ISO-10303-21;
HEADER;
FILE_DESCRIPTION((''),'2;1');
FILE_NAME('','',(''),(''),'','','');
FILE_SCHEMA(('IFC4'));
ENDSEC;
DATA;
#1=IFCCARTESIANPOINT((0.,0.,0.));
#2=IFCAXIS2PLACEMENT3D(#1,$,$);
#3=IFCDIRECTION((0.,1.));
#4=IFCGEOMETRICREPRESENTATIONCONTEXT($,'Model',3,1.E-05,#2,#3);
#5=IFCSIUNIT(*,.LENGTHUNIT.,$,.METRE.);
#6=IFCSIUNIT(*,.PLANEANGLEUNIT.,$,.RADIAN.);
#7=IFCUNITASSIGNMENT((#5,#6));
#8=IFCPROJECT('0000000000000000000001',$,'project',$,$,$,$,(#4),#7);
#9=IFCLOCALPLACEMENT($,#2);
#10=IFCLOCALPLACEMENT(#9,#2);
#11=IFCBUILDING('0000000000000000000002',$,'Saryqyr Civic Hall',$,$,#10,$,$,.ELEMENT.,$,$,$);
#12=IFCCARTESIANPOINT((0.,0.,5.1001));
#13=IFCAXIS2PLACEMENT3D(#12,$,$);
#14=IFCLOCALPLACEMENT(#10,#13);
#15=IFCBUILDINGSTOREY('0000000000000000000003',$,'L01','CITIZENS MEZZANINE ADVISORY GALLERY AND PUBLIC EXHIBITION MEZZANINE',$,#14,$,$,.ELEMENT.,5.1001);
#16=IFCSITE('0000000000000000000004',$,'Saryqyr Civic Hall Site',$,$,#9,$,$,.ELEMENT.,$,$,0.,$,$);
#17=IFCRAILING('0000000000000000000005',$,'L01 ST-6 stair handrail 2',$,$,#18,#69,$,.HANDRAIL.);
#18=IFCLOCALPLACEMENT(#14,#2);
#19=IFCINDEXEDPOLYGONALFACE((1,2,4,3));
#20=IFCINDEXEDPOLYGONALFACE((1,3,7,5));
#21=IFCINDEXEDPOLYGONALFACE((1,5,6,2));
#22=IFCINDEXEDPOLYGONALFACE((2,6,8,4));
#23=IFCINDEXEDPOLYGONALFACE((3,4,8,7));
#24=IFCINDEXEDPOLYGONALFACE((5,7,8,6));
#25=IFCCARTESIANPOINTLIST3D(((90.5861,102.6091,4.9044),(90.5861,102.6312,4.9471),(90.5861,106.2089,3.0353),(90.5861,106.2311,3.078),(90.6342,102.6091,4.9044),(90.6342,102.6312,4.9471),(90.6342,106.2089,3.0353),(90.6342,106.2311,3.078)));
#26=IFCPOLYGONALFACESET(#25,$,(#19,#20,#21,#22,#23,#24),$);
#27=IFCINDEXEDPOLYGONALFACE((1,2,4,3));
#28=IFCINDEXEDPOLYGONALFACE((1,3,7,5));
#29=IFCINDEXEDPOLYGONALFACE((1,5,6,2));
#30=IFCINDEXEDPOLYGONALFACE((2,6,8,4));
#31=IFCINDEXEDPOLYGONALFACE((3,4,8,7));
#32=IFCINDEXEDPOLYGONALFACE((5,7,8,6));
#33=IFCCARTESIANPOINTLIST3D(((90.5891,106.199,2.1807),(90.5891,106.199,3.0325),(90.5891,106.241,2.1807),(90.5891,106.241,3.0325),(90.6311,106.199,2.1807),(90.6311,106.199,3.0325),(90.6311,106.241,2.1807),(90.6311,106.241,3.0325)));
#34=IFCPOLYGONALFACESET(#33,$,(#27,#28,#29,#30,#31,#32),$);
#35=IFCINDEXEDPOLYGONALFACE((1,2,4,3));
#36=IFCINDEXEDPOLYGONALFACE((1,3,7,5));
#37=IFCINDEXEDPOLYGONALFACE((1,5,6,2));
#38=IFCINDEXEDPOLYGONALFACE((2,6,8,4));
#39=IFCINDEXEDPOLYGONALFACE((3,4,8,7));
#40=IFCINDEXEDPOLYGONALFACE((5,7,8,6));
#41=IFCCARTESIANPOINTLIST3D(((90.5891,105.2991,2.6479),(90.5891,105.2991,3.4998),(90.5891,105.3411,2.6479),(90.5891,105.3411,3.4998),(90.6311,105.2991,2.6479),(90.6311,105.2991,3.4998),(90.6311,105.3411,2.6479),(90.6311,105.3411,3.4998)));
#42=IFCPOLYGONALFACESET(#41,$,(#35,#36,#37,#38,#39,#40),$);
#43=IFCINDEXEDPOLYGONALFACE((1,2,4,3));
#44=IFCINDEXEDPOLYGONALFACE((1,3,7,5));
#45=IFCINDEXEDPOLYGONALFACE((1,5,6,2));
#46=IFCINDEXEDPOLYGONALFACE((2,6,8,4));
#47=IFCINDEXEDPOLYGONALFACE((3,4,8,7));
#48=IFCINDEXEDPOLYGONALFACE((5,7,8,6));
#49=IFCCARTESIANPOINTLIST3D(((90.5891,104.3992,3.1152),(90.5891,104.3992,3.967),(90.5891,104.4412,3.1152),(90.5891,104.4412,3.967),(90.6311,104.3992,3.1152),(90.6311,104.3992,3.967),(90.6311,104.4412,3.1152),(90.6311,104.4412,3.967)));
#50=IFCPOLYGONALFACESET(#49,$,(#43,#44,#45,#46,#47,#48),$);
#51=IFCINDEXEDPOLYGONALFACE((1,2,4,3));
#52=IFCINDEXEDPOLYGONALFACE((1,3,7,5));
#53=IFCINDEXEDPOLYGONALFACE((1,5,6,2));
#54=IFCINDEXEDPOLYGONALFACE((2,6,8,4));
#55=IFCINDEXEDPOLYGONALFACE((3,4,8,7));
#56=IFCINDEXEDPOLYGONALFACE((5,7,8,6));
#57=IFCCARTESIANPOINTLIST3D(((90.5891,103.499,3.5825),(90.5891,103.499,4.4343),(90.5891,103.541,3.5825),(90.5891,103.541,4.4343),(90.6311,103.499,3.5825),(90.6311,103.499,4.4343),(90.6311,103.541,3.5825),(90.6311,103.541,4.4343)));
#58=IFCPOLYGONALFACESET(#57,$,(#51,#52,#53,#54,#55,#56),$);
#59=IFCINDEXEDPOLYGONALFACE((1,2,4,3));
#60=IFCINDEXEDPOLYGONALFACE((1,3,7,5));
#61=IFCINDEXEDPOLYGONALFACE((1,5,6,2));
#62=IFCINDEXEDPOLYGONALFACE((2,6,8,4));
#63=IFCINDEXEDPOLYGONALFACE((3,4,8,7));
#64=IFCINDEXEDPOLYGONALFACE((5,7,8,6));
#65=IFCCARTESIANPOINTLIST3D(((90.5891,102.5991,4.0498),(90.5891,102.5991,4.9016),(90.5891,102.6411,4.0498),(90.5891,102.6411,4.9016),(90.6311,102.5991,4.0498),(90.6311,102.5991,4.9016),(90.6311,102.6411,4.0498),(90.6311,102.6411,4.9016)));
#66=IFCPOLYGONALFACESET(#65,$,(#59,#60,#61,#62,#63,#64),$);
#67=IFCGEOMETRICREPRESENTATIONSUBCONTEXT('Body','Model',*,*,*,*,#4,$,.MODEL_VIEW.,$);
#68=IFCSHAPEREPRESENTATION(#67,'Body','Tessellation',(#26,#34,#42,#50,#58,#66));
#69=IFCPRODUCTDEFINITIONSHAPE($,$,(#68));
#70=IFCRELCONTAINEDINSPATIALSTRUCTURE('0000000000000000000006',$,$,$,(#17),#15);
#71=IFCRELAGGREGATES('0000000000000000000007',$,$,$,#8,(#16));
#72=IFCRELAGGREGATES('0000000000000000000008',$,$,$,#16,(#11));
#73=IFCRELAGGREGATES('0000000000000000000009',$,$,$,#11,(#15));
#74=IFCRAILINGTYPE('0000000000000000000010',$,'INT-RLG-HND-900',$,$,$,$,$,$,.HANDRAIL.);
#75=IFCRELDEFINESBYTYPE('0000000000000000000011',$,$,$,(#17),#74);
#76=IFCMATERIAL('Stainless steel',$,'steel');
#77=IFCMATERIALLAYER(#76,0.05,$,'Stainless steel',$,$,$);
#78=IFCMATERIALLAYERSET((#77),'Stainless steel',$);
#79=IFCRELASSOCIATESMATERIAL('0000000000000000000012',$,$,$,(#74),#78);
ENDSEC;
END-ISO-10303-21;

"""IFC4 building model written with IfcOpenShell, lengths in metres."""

from ifc_helpers import new_model, si_unit, direction, frame, origin, origin_2d, place, context, subcontext, project, spatial, rectangle, extrude, material, layer, layer_set, type_object, element, save


model = new_model("IFC4")

# Units and contexts
model_context = context("Model", 3, precision=1e-05, world=origin(), true_north=direction((0.0, 1.0)))
body_context = subcontext(model_context, "Body", "Model", "MODEL_VIEW")
ifc_project = project(units=[si_unit("LENGTHUNIT", "METRE"), si_unit("PLANEANGLEUNIT", "RADIAN")], contexts=[model_context])

# Site, building, storey
site_placement = place(None, origin())
site = spatial("IfcSite", under=ifc_project, at=site_placement, Name="Saryqyr Civic Hall Site", CompositionType="ELEMENT", RefElevation=0.0)
building_placement = place(site_placement, origin())
building = spatial("IfcBuilding", under=site, at=building_placement, Name="Saryqyr Civic Hall", CompositionType="ELEMENT")
storey_placement = place(building_placement, frame((0.0, 0.0, 5.1001)))
storey = spatial("IfcBuildingStorey", under=building, at=storey_placement, Name="L01", Description="CITIZENS MEZZANINE ADVISORY GALLERY AND PUBLIC EXHIBITION MEZZANINE", CompositionType="ELEMENT", Elevation=5.1001)

# Railing
ifc_material_1 = material(Name="Stainless steel", Category="steel")
ifc_layer_1 = layer(ifc_material_1, 0.05, Name="Stainless steel")
ifc_layer_set_1 = layer_set([ifc_layer_1], Name="Stainless steel")
railing_type_1 = type_object("IfcRailingType", Name="INT-RLG-HND-900", PredefinedType="HANDRAIL", material=ifc_layer_set_1)
railing_1_placement = place(storey_placement, frame((90.6101, 106.22, 2.1807)))
element("IfcRailing", 1, at=railing_1_placement, inside=storey, type_object=railing_type_1, Name="L01 ST-6 stair handrail 2", PredefinedType="HANDRAIL", context=body_context, shape_type="SweptSolid", body=[
    extrude(rectangle(XDim=0.0481, YDim=0.0481, at=origin_2d()), frame((0.0, 0.0, 0.876), z_axis=(0.0, -0.887497, 0.460813), x_axis=(1.0, 0.0, 0.0)), (0.0, 0.0, 1.0), 4.0562),
    extrude(rectangle(XDim=0.042, YDim=0.042, at=origin_2d()), origin(), (0.0, 0.0, 1.0), 0.8518),
    extrude(rectangle(XDim=0.042, YDim=0.042, at=origin_2d()), frame((0.0, -0.8999, 0.4673)), (0.0, 0.0, 1.0), 0.8518),
    extrude(rectangle(XDim=0.042, YDim=0.042, at=origin_2d()), frame((0.0, -1.7998, 0.9346)), (0.0, 0.0, 1.0), 0.8518),
    extrude(rectangle(XDim=0.042, YDim=0.042, at=origin_2d()), frame((0.0, -2.7, 1.4019)), (0.0, 0.0, 1.0), 0.8518),
    extrude(rectangle(XDim=0.042, YDim=0.042, at=origin_2d()), frame((0.0, -3.5999, 1.8691)), (0.0, 0.0, 1.0), 0.8518),
])

save(model, "model.ifc")
